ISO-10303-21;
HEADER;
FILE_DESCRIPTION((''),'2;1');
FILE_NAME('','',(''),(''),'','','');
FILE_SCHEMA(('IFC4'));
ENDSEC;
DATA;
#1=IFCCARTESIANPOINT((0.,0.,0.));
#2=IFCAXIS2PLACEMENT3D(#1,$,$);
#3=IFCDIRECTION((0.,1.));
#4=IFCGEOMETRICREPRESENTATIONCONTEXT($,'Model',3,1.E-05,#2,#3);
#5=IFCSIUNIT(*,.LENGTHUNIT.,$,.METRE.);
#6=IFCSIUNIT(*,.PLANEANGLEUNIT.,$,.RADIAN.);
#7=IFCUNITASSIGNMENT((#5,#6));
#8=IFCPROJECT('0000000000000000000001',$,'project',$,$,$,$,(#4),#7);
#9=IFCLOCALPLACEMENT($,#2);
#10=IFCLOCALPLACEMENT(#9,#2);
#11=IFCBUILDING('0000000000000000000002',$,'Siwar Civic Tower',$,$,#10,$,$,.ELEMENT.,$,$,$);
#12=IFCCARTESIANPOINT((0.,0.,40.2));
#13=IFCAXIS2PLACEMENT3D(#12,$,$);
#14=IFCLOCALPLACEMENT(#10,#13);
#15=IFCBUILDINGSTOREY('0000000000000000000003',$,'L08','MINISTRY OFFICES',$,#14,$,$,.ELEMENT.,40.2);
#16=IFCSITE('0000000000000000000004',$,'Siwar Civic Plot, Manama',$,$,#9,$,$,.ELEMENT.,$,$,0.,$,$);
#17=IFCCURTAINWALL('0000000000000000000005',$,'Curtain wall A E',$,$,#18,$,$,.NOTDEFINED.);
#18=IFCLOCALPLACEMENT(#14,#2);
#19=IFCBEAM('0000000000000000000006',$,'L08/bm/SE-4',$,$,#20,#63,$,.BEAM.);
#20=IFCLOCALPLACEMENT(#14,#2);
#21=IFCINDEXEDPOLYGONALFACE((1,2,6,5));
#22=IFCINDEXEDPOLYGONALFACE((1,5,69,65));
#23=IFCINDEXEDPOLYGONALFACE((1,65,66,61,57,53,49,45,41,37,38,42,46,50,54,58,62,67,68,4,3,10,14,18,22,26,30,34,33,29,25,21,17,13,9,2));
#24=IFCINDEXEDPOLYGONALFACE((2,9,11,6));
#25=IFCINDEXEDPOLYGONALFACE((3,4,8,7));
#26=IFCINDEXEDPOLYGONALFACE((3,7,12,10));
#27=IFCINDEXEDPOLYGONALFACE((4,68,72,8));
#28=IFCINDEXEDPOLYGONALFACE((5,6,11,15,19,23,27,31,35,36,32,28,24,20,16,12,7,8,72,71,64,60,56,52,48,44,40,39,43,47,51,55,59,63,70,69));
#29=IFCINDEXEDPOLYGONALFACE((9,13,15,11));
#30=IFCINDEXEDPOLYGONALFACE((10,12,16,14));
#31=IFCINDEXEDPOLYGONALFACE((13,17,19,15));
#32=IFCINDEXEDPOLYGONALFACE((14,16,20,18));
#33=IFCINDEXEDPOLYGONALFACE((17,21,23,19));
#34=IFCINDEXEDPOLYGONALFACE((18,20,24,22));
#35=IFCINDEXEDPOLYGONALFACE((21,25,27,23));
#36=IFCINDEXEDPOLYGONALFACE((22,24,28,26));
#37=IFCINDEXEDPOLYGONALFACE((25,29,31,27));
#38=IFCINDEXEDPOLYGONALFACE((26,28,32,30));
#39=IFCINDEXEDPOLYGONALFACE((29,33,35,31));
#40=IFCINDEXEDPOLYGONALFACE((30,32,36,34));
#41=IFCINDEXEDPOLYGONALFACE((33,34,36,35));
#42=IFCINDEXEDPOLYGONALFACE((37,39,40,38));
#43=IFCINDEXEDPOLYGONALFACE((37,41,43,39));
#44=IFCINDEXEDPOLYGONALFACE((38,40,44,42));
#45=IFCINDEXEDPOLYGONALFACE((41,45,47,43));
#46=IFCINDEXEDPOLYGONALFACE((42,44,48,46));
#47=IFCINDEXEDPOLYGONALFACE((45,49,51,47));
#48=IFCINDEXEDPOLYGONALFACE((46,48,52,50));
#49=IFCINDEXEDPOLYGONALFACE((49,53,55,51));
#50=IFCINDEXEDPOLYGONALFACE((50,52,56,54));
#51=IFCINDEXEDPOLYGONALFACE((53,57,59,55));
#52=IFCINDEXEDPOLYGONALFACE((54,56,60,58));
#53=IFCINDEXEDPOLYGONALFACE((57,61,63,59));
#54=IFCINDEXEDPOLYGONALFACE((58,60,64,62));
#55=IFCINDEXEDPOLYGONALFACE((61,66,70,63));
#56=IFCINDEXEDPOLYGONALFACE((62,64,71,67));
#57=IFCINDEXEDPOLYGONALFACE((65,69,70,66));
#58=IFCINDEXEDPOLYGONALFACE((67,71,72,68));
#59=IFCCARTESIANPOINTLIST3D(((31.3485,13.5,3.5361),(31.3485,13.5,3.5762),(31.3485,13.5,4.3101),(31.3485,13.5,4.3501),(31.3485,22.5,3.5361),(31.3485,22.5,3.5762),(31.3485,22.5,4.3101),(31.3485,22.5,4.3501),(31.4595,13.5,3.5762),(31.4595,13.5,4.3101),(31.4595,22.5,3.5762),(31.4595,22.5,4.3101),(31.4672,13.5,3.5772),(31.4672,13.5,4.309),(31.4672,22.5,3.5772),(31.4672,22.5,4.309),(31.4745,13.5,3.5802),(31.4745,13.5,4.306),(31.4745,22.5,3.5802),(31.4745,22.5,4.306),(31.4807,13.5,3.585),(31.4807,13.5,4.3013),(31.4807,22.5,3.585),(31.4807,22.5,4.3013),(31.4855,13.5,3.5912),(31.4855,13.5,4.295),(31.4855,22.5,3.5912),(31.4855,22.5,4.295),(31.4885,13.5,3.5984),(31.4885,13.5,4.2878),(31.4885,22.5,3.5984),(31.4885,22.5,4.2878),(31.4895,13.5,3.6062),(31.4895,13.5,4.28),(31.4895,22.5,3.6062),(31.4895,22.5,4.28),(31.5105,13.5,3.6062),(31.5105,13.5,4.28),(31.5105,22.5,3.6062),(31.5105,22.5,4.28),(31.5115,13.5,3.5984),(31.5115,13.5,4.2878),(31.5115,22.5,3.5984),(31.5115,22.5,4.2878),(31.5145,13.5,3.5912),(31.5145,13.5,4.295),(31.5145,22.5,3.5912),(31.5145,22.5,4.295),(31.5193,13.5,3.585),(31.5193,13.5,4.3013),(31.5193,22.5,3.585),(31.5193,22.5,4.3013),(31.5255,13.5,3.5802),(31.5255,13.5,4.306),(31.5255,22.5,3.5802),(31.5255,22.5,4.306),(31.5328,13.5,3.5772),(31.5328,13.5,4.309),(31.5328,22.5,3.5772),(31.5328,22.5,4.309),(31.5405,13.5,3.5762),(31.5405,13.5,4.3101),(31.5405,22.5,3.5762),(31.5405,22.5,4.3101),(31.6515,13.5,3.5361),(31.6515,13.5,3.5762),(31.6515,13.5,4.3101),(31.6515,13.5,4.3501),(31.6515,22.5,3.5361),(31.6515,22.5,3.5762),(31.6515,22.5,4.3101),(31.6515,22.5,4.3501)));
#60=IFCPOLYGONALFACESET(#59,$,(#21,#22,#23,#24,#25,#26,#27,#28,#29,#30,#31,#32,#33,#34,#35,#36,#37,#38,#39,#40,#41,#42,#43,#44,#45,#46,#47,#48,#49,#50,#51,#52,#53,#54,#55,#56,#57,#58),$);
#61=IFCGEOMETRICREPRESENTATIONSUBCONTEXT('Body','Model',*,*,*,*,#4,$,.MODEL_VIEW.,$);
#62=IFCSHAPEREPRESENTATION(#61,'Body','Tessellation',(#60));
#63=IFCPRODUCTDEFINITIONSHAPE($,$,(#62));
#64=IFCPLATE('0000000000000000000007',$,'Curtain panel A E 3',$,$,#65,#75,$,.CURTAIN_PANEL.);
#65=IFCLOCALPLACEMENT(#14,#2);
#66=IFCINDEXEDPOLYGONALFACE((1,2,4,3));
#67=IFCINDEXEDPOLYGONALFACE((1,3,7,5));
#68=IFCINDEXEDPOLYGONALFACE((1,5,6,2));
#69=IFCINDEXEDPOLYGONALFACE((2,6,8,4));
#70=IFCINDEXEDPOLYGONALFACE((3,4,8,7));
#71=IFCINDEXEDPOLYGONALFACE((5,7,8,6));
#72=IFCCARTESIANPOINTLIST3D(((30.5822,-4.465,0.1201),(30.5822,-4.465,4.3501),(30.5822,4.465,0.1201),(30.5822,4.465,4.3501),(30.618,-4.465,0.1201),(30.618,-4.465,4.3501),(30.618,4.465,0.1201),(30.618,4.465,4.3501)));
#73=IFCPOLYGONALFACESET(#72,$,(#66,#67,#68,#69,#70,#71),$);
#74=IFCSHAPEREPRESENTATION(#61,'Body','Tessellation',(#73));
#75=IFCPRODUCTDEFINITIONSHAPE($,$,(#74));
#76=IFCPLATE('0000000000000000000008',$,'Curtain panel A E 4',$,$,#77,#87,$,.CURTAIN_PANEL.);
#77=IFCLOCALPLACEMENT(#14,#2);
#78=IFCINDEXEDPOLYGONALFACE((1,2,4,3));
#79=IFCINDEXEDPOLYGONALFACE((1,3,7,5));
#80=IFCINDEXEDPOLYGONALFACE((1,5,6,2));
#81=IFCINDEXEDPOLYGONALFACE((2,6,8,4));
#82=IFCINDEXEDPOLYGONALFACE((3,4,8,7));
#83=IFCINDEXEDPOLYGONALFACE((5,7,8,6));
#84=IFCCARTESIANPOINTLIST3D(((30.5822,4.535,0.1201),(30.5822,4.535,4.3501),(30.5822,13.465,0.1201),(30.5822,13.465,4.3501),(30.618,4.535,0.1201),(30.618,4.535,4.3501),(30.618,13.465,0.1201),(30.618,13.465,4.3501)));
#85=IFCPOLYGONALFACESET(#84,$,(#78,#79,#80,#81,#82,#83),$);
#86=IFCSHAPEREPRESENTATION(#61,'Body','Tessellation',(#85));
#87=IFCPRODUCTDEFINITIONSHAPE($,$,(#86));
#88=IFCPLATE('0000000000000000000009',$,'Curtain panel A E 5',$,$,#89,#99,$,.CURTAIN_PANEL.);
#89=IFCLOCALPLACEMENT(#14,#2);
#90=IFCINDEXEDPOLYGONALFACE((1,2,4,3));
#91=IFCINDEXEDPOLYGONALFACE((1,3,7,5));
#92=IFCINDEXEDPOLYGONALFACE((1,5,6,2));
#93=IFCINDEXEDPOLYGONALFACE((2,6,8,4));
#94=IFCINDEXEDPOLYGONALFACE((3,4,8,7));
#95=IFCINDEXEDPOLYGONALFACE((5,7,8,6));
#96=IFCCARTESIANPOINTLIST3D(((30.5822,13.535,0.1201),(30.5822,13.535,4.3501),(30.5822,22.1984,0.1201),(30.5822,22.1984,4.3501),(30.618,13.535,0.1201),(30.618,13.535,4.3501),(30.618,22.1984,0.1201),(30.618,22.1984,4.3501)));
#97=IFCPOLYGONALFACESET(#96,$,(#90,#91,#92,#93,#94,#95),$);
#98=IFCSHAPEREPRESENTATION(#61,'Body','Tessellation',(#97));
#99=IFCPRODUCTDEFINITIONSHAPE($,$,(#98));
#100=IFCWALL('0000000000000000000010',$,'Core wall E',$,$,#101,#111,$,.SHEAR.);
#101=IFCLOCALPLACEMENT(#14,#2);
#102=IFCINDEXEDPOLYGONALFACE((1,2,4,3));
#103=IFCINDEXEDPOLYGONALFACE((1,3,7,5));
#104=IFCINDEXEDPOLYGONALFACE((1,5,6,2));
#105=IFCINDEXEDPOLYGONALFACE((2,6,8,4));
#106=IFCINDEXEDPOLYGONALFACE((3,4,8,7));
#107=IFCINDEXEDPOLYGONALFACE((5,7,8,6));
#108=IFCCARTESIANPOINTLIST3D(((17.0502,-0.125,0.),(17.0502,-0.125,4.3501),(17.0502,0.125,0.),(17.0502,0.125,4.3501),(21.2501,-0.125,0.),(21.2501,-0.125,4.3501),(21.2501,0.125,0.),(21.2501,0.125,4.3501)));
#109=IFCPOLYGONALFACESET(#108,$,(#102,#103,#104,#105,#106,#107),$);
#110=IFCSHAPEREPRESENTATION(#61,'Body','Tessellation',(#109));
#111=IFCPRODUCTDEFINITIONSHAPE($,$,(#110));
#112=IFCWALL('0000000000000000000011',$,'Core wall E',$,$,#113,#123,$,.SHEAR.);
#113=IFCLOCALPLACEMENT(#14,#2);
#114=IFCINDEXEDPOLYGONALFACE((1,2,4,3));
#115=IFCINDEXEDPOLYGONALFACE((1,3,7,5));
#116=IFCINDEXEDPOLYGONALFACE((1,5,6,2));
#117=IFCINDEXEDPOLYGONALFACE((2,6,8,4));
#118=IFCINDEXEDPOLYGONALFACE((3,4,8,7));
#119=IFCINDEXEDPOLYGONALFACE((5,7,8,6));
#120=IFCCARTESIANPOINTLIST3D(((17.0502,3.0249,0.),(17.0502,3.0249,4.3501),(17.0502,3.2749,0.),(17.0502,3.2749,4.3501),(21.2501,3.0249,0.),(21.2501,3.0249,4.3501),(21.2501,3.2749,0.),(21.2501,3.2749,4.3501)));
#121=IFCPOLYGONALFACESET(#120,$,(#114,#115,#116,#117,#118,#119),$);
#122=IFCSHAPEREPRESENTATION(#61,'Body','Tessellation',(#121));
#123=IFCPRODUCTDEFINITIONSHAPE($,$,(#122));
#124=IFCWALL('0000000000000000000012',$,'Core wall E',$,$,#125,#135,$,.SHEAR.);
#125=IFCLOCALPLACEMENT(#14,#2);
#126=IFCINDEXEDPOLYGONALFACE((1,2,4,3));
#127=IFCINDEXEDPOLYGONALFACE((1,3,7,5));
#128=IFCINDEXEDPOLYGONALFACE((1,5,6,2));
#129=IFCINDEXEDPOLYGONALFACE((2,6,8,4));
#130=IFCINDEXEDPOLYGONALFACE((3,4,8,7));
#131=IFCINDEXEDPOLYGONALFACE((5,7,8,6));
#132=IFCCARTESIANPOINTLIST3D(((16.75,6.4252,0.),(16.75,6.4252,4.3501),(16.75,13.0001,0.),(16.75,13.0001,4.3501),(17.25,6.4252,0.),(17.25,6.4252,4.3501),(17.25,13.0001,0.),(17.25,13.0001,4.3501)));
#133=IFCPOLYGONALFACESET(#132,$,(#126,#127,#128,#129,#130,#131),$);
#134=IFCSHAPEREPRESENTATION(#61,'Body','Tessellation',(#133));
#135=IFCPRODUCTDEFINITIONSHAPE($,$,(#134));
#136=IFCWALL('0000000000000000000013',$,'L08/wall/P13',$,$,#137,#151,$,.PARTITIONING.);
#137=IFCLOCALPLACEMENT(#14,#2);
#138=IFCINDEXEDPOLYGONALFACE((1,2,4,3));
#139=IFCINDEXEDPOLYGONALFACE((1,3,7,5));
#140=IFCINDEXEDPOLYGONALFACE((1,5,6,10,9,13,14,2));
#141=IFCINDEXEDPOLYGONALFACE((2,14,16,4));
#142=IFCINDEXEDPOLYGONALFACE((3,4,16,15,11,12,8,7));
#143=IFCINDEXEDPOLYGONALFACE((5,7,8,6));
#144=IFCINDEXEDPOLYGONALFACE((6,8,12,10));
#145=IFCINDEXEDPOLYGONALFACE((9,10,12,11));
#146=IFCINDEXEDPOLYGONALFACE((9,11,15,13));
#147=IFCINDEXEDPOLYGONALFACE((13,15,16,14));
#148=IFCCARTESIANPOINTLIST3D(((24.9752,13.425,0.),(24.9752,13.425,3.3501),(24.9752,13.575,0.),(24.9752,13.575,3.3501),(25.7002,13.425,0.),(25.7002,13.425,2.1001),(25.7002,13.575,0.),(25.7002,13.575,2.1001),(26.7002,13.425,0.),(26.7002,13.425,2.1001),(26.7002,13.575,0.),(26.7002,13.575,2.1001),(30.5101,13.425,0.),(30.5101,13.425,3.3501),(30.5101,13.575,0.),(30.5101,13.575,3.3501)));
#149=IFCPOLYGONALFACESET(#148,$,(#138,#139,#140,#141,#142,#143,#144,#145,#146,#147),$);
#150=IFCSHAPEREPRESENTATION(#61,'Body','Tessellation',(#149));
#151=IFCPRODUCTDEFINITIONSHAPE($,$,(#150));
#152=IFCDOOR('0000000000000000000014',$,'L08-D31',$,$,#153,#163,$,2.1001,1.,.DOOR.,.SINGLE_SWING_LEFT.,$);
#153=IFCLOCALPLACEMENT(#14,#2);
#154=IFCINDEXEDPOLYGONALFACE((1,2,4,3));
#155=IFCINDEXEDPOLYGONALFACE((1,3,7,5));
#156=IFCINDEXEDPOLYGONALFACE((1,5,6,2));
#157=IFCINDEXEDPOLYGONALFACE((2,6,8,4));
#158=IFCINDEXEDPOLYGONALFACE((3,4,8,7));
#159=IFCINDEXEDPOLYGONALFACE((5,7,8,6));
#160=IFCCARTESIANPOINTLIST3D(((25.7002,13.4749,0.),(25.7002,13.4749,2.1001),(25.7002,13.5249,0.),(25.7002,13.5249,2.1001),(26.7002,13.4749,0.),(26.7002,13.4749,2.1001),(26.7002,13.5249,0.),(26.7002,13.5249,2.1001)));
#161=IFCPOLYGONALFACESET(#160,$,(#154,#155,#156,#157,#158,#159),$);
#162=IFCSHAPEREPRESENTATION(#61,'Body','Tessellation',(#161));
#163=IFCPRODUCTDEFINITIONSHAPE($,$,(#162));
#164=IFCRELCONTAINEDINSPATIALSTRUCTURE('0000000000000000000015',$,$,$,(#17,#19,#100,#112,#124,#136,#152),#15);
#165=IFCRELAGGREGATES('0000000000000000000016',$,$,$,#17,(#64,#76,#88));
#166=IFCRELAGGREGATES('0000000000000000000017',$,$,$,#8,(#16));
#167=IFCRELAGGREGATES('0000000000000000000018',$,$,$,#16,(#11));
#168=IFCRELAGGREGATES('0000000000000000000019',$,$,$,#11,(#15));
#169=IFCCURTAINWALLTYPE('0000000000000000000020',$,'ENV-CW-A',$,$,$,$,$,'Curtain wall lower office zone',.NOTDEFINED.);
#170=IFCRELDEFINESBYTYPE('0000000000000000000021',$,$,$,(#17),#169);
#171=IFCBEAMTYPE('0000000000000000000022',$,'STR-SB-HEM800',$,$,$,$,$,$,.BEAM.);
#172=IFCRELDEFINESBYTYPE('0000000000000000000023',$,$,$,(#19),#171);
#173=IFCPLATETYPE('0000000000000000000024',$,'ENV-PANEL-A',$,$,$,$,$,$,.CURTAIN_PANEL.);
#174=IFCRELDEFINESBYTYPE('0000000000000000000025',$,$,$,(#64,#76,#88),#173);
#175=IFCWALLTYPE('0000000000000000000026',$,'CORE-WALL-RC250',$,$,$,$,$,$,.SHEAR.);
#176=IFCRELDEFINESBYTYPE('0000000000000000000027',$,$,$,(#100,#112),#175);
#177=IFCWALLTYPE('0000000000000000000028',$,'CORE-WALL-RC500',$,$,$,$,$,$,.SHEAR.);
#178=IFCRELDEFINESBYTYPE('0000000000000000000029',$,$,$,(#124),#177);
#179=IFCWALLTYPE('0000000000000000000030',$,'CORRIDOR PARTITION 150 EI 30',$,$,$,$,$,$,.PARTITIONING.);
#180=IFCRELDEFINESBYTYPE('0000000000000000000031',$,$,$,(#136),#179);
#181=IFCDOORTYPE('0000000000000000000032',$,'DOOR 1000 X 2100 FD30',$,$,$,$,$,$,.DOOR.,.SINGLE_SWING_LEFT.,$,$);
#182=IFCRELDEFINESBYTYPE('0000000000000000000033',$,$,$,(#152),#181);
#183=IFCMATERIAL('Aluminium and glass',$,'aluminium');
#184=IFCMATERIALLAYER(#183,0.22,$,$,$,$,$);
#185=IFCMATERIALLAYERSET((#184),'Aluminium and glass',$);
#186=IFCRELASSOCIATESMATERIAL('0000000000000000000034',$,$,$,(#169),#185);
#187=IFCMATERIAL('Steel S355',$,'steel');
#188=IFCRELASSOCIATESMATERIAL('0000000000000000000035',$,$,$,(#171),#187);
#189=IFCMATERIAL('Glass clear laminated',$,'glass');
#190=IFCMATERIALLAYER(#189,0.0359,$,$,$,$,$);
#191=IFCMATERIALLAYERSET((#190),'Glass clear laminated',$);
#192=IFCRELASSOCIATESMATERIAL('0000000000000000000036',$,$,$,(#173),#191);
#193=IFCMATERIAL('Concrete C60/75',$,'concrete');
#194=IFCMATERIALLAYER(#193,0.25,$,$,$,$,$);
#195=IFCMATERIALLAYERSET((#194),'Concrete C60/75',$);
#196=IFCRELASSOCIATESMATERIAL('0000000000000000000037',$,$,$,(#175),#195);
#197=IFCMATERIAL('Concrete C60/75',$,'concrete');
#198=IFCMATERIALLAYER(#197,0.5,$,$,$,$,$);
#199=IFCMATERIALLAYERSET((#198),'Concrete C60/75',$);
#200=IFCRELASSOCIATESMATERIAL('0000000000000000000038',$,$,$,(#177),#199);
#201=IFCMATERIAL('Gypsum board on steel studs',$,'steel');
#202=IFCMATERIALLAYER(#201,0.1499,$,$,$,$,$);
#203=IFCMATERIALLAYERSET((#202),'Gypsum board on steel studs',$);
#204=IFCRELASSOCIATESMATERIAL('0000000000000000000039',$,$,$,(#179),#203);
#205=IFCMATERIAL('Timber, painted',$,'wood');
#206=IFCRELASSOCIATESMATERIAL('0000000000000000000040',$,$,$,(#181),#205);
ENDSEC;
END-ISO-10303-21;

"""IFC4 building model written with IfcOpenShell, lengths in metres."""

from ifc_helpers import new_model, si_unit, direction, frame, frame_2d, origin, origin_2d, place, context, subcontext, project, spatial, rectangle, i_section, extrude, material, layer, layer_set, material_profile, profile_set, type_object, element, fill, aggregate, save


model = new_model("IFC4")

# Units and contexts
model_context = context("Model", 3, precision=1e-05, world=origin(), true_north=direction((0.0, 1.0)))
body_context = subcontext(model_context, "Body", "Model", "MODEL_VIEW")
ifc_project = project(units=[si_unit("LENGTHUNIT", "METRE"), si_unit("PLANEANGLEUNIT", "RADIAN")], contexts=[model_context])

# Site, building, storey
site_placement = place(None, origin())
site = spatial("IfcSite", under=ifc_project, at=site_placement, Name="Siwar Civic Plot, Manama", CompositionType="ELEMENT", RefElevation=0.0)
building_placement = place(site_placement, origin())
building = spatial("IfcBuilding", under=site, at=building_placement, Name="Siwar Civic Tower", CompositionType="ELEMENT")
storey_placement = place(building_placement, frame((0.0, 0.0, 40.2)))
storey = spatial("IfcBuildingStorey", under=building, at=storey_placement, Name="L08", Description="MINISTRY OFFICES", CompositionType="ELEMENT", Elevation=40.2)

# Curtain wall
ifc_material_1 = material(Name="Aluminium and glass", Category="aluminium")
ifc_layer_1 = layer(ifc_material_1, 0.22)
ifc_layer_set_1 = layer_set([ifc_layer_1], Name="Aluminium and glass")
curtain_wall_type = type_object("IfcCurtainWallType", Name="ENV-CW-A", ElementType="Curtain wall lower office zone", PredefinedType="NOTDEFINED", material=ifc_layer_set_1)
curtain_wall_placement = place(storey_placement, origin())
curtain_wall = element("IfcCurtainWall", 1, at=curtain_wall_placement, inside=storey, type_object=curtain_wall_type, Name="Curtain wall A E", PredefinedType="NOTDEFINED")

# Beam
ifc_material_2 = material(Name="Steel S355", Category="steel")
ifc_material_profile_1 = material_profile(ifc_material_2, i_section(OverallWidth=0.303, OverallDepth=0.814, WebThickness=0.021, FlangeThickness=0.04, FilletRadius=0.03, at=origin_2d()), Name="HEM800")
ifc_profile_set_1 = profile_set([ifc_material_profile_1], Name="Steel S355")
beam_type_1 = type_object("IfcBeamType", Name="STR-SB-HEM800", PredefinedType="BEAM", material=ifc_profile_set_1)
for number, where, z_axis, x_axis, name in (
    (2, (31.5, 13.5, 3.9431), (0.0, 1.0, 0.0), (-1.0, 0.0, 0.0), "L08/bm/SE-4"),
):
    element("IfcBeam", number, at=place(storey_placement, frame(where, z_axis=z_axis, x_axis=x_axis)), inside=storey, type_object=beam_type_1, Name=name, PredefinedType="BEAM", context=body_context, shape_type="SweptSolid", body=[
        extrude(i_section(OverallWidth=0.303, OverallDepth=0.814, WebThickness=0.021, FlangeThickness=0.04, FilletRadius=0.03, at=origin_2d()), origin(), (0.0, 0.0, 1.0), 9.0),
    ])

# Plates
ifc_material_3 = material(Name="Glass clear laminated", Category="glass")
ifc_layer_2 = layer(ifc_material_3, 0.0359)
ifc_layer_set_2 = layer_set([ifc_layer_2], Name="Glass clear laminated")
plate_type = type_object("IfcPlateType", Name="ENV-PANEL-A", PredefinedType="CURTAIN_PANEL", material=ifc_layer_set_2)
plate_1_placement = place(storey_placement, frame((30.6001, 0.0, 0.1201), z_axis=(0.0, 0.0, 1.0), x_axis=(0.0, 1.0, 0.0)))
plate_1 = element("IfcPlate", 3, at=plate_1_placement, type_object=plate_type, Name="Curtain panel A E 3", PredefinedType="CURTAIN_PANEL", context=body_context, shape_type="SweptSolid", body=[
    extrude(rectangle(XDim=8.9299, YDim=0.0359, at=origin_2d()), origin(), (0.0, 0.0, 1.0), 4.23),
])
plate_2_placement = place(storey_placement, frame((30.6001, 9.0, 0.1201), z_axis=(0.0, 0.0, 1.0), x_axis=(0.0, 1.0, 0.0)))
plate_2 = element("IfcPlate", 4, at=plate_2_placement, type_object=plate_type, Name="Curtain panel A E 4", PredefinedType="CURTAIN_PANEL", context=body_context, shape_type="SweptSolid", body=[
    extrude(rectangle(XDim=8.9299, YDim=0.0359, at=origin_2d()), origin(), (0.0, 0.0, 1.0), 4.23),
])
plate_3_placement = place(storey_placement, frame((30.6001, 17.8667, 0.1201), z_axis=(0.0, 0.0, 1.0), x_axis=(0.0, 1.0, 0.0)))
plate_3 = element("IfcPlate", 5, at=plate_3_placement, type_object=plate_type, Name="Curtain panel A E 5", PredefinedType="CURTAIN_PANEL", context=body_context, shape_type="SweptSolid", body=[
    extrude(rectangle(XDim=8.6633, YDim=0.0359, at=origin_2d()), origin(), (0.0, 0.0, 1.0), 4.23),
])
aggregate(curtain_wall, [plate_1, plate_2, plate_3])

# Walls
ifc_material_4 = material(Name="Concrete C60/75", Category="concrete")
ifc_layer_3 = layer(ifc_material_4, 0.25)
ifc_layer_set_3 = layer_set([ifc_layer_3], Name="Concrete C60/75")
wall_type_1 = type_object("IfcWallType", Name="CORE-WALL-RC250", PredefinedType="SHEAR", material=ifc_layer_set_3)
for number, where, z_axis, x_axis, name in (
    (6, (17.05, 0.0, 0.0), (0.0, 0.0, 1.0), (1.0, 0.0, 0.0), "Core wall E"),
    (7, (17.05, 3.1499, 0.0), (0.0, 0.0, 1.0), (1.0, 0.0, 0.0), "Core wall E"),
):
    element("IfcWall", number, at=place(storey_placement, frame(where, z_axis=z_axis, x_axis=x_axis)), inside=storey, type_object=wall_type_1, Name=name, PredefinedType="SHEAR", context=body_context, shape_type="SweptSolid", body=[
        extrude(rectangle(XDim=4.2, YDim=0.25, at=frame_2d((2.1001, 0.0))), origin(), (0.0, 0.0, 1.0), 4.3501),
    ])
ifc_material_5 = material(Name="Concrete C60/75", Category="concrete")
ifc_layer_4 = layer(ifc_material_5, 0.5)
ifc_layer_set_4 = layer_set([ifc_layer_4], Name="Concrete C60/75")
wall_type_2 = type_object("IfcWallType", Name="CORE-WALL-RC500", PredefinedType="SHEAR", material=ifc_layer_set_4)
wall_1_placement = place(storey_placement, frame((17.0, 6.425, 0.0), z_axis=(0.0, 0.0, 1.0), x_axis=(0.0, 1.0, 0.0)))
element("IfcWall", 8, at=wall_1_placement, inside=storey, type_object=wall_type_2, Name="Core wall E", PredefinedType="SHEAR", context=body_context, shape_type="SweptSolid", body=[
    extrude(rectangle(XDim=6.575, YDim=0.5, at=frame_2d((3.2876, 0.0))), origin(), (0.0, 0.0, 1.0), 4.3501),
])

# Wall, opening, door
ifc_material_6 = material(Name="Gypsum board on steel studs", Category="steel")
ifc_layer_5 = layer(ifc_material_6, 0.1499)
ifc_layer_set_5 = layer_set([ifc_layer_5], Name="Gypsum board on steel studs")
wall_type_3 = type_object("IfcWallType", Name="CORRIDOR PARTITION 150 EI 30", PredefinedType="PARTITIONING", material=ifc_layer_set_5)
wall_2_placement = place(storey_placement, frame((24.9751, 13.5, 0.0), z_axis=(0.0, 0.0, 1.0), x_axis=(1.0, 0.0, 0.0)))
wall_2 = element("IfcWall", 9, at=wall_2_placement, inside=storey, type_object=wall_type_3, Name="L08/wall/P13", PredefinedType="PARTITIONING", context=body_context, shape_type="SweptSolid", body=[
    extrude(rectangle(XDim=5.5349, YDim=0.1499, at=frame_2d((2.7676, 0.0))), origin(), (0.0, 0.0, 1.0), 3.3501),
])
opening_1_placement = place(wall_2_placement, frame((0.7251, 0.0, 0.0)))
opening_1 = element("IfcOpeningElement", 10, at=opening_1_placement, cuts=wall_2, PredefinedType="OPENING", context=body_context, shape_type="SweptSolid", body=[
    extrude(rectangle(XDim=1.0, YDim=2.1001, at=frame_2d((0.5, 1.05))), frame((0.0, 0.085, 0.0), z_axis=(0.0, -1.0, 0.0), x_axis=(1.0, 0.0, 0.0)), (0.0, 0.0, 1.0), 0.1699),
])
ifc_material_7 = material(Name="Timber, painted", Category="wood")
door_type_1 = type_object("IfcDoorType", Name="DOOR 1000 X 2100 FD30", OperationType="SINGLE_SWING_LEFT", PredefinedType="DOOR", material=ifc_material_7)
door_1_placement = place(opening_1_placement, origin())
door_1 = element("IfcDoor", 11, at=door_1_placement, inside=storey, type_object=door_type_1, Name="L08-D31", OperationType="SINGLE_SWING_LEFT", OverallHeight=2.1001, OverallWidth=1.0, PredefinedType="DOOR", context=body_context, shape_type="SweptSolid", body=[
    extrude(rectangle(XDim=1.0, YDim=2.1001, at=frame_2d((0.5, 1.05))), frame((0.0, 0.0249, 0.0), z_axis=(0.0, -1.0, 0.0), x_axis=(1.0, 0.0, 0.0)), (0.0, 0.0, 1.0), 0.05),
])
fill(opening_1, door_1)

save(model, "model.ifc")
